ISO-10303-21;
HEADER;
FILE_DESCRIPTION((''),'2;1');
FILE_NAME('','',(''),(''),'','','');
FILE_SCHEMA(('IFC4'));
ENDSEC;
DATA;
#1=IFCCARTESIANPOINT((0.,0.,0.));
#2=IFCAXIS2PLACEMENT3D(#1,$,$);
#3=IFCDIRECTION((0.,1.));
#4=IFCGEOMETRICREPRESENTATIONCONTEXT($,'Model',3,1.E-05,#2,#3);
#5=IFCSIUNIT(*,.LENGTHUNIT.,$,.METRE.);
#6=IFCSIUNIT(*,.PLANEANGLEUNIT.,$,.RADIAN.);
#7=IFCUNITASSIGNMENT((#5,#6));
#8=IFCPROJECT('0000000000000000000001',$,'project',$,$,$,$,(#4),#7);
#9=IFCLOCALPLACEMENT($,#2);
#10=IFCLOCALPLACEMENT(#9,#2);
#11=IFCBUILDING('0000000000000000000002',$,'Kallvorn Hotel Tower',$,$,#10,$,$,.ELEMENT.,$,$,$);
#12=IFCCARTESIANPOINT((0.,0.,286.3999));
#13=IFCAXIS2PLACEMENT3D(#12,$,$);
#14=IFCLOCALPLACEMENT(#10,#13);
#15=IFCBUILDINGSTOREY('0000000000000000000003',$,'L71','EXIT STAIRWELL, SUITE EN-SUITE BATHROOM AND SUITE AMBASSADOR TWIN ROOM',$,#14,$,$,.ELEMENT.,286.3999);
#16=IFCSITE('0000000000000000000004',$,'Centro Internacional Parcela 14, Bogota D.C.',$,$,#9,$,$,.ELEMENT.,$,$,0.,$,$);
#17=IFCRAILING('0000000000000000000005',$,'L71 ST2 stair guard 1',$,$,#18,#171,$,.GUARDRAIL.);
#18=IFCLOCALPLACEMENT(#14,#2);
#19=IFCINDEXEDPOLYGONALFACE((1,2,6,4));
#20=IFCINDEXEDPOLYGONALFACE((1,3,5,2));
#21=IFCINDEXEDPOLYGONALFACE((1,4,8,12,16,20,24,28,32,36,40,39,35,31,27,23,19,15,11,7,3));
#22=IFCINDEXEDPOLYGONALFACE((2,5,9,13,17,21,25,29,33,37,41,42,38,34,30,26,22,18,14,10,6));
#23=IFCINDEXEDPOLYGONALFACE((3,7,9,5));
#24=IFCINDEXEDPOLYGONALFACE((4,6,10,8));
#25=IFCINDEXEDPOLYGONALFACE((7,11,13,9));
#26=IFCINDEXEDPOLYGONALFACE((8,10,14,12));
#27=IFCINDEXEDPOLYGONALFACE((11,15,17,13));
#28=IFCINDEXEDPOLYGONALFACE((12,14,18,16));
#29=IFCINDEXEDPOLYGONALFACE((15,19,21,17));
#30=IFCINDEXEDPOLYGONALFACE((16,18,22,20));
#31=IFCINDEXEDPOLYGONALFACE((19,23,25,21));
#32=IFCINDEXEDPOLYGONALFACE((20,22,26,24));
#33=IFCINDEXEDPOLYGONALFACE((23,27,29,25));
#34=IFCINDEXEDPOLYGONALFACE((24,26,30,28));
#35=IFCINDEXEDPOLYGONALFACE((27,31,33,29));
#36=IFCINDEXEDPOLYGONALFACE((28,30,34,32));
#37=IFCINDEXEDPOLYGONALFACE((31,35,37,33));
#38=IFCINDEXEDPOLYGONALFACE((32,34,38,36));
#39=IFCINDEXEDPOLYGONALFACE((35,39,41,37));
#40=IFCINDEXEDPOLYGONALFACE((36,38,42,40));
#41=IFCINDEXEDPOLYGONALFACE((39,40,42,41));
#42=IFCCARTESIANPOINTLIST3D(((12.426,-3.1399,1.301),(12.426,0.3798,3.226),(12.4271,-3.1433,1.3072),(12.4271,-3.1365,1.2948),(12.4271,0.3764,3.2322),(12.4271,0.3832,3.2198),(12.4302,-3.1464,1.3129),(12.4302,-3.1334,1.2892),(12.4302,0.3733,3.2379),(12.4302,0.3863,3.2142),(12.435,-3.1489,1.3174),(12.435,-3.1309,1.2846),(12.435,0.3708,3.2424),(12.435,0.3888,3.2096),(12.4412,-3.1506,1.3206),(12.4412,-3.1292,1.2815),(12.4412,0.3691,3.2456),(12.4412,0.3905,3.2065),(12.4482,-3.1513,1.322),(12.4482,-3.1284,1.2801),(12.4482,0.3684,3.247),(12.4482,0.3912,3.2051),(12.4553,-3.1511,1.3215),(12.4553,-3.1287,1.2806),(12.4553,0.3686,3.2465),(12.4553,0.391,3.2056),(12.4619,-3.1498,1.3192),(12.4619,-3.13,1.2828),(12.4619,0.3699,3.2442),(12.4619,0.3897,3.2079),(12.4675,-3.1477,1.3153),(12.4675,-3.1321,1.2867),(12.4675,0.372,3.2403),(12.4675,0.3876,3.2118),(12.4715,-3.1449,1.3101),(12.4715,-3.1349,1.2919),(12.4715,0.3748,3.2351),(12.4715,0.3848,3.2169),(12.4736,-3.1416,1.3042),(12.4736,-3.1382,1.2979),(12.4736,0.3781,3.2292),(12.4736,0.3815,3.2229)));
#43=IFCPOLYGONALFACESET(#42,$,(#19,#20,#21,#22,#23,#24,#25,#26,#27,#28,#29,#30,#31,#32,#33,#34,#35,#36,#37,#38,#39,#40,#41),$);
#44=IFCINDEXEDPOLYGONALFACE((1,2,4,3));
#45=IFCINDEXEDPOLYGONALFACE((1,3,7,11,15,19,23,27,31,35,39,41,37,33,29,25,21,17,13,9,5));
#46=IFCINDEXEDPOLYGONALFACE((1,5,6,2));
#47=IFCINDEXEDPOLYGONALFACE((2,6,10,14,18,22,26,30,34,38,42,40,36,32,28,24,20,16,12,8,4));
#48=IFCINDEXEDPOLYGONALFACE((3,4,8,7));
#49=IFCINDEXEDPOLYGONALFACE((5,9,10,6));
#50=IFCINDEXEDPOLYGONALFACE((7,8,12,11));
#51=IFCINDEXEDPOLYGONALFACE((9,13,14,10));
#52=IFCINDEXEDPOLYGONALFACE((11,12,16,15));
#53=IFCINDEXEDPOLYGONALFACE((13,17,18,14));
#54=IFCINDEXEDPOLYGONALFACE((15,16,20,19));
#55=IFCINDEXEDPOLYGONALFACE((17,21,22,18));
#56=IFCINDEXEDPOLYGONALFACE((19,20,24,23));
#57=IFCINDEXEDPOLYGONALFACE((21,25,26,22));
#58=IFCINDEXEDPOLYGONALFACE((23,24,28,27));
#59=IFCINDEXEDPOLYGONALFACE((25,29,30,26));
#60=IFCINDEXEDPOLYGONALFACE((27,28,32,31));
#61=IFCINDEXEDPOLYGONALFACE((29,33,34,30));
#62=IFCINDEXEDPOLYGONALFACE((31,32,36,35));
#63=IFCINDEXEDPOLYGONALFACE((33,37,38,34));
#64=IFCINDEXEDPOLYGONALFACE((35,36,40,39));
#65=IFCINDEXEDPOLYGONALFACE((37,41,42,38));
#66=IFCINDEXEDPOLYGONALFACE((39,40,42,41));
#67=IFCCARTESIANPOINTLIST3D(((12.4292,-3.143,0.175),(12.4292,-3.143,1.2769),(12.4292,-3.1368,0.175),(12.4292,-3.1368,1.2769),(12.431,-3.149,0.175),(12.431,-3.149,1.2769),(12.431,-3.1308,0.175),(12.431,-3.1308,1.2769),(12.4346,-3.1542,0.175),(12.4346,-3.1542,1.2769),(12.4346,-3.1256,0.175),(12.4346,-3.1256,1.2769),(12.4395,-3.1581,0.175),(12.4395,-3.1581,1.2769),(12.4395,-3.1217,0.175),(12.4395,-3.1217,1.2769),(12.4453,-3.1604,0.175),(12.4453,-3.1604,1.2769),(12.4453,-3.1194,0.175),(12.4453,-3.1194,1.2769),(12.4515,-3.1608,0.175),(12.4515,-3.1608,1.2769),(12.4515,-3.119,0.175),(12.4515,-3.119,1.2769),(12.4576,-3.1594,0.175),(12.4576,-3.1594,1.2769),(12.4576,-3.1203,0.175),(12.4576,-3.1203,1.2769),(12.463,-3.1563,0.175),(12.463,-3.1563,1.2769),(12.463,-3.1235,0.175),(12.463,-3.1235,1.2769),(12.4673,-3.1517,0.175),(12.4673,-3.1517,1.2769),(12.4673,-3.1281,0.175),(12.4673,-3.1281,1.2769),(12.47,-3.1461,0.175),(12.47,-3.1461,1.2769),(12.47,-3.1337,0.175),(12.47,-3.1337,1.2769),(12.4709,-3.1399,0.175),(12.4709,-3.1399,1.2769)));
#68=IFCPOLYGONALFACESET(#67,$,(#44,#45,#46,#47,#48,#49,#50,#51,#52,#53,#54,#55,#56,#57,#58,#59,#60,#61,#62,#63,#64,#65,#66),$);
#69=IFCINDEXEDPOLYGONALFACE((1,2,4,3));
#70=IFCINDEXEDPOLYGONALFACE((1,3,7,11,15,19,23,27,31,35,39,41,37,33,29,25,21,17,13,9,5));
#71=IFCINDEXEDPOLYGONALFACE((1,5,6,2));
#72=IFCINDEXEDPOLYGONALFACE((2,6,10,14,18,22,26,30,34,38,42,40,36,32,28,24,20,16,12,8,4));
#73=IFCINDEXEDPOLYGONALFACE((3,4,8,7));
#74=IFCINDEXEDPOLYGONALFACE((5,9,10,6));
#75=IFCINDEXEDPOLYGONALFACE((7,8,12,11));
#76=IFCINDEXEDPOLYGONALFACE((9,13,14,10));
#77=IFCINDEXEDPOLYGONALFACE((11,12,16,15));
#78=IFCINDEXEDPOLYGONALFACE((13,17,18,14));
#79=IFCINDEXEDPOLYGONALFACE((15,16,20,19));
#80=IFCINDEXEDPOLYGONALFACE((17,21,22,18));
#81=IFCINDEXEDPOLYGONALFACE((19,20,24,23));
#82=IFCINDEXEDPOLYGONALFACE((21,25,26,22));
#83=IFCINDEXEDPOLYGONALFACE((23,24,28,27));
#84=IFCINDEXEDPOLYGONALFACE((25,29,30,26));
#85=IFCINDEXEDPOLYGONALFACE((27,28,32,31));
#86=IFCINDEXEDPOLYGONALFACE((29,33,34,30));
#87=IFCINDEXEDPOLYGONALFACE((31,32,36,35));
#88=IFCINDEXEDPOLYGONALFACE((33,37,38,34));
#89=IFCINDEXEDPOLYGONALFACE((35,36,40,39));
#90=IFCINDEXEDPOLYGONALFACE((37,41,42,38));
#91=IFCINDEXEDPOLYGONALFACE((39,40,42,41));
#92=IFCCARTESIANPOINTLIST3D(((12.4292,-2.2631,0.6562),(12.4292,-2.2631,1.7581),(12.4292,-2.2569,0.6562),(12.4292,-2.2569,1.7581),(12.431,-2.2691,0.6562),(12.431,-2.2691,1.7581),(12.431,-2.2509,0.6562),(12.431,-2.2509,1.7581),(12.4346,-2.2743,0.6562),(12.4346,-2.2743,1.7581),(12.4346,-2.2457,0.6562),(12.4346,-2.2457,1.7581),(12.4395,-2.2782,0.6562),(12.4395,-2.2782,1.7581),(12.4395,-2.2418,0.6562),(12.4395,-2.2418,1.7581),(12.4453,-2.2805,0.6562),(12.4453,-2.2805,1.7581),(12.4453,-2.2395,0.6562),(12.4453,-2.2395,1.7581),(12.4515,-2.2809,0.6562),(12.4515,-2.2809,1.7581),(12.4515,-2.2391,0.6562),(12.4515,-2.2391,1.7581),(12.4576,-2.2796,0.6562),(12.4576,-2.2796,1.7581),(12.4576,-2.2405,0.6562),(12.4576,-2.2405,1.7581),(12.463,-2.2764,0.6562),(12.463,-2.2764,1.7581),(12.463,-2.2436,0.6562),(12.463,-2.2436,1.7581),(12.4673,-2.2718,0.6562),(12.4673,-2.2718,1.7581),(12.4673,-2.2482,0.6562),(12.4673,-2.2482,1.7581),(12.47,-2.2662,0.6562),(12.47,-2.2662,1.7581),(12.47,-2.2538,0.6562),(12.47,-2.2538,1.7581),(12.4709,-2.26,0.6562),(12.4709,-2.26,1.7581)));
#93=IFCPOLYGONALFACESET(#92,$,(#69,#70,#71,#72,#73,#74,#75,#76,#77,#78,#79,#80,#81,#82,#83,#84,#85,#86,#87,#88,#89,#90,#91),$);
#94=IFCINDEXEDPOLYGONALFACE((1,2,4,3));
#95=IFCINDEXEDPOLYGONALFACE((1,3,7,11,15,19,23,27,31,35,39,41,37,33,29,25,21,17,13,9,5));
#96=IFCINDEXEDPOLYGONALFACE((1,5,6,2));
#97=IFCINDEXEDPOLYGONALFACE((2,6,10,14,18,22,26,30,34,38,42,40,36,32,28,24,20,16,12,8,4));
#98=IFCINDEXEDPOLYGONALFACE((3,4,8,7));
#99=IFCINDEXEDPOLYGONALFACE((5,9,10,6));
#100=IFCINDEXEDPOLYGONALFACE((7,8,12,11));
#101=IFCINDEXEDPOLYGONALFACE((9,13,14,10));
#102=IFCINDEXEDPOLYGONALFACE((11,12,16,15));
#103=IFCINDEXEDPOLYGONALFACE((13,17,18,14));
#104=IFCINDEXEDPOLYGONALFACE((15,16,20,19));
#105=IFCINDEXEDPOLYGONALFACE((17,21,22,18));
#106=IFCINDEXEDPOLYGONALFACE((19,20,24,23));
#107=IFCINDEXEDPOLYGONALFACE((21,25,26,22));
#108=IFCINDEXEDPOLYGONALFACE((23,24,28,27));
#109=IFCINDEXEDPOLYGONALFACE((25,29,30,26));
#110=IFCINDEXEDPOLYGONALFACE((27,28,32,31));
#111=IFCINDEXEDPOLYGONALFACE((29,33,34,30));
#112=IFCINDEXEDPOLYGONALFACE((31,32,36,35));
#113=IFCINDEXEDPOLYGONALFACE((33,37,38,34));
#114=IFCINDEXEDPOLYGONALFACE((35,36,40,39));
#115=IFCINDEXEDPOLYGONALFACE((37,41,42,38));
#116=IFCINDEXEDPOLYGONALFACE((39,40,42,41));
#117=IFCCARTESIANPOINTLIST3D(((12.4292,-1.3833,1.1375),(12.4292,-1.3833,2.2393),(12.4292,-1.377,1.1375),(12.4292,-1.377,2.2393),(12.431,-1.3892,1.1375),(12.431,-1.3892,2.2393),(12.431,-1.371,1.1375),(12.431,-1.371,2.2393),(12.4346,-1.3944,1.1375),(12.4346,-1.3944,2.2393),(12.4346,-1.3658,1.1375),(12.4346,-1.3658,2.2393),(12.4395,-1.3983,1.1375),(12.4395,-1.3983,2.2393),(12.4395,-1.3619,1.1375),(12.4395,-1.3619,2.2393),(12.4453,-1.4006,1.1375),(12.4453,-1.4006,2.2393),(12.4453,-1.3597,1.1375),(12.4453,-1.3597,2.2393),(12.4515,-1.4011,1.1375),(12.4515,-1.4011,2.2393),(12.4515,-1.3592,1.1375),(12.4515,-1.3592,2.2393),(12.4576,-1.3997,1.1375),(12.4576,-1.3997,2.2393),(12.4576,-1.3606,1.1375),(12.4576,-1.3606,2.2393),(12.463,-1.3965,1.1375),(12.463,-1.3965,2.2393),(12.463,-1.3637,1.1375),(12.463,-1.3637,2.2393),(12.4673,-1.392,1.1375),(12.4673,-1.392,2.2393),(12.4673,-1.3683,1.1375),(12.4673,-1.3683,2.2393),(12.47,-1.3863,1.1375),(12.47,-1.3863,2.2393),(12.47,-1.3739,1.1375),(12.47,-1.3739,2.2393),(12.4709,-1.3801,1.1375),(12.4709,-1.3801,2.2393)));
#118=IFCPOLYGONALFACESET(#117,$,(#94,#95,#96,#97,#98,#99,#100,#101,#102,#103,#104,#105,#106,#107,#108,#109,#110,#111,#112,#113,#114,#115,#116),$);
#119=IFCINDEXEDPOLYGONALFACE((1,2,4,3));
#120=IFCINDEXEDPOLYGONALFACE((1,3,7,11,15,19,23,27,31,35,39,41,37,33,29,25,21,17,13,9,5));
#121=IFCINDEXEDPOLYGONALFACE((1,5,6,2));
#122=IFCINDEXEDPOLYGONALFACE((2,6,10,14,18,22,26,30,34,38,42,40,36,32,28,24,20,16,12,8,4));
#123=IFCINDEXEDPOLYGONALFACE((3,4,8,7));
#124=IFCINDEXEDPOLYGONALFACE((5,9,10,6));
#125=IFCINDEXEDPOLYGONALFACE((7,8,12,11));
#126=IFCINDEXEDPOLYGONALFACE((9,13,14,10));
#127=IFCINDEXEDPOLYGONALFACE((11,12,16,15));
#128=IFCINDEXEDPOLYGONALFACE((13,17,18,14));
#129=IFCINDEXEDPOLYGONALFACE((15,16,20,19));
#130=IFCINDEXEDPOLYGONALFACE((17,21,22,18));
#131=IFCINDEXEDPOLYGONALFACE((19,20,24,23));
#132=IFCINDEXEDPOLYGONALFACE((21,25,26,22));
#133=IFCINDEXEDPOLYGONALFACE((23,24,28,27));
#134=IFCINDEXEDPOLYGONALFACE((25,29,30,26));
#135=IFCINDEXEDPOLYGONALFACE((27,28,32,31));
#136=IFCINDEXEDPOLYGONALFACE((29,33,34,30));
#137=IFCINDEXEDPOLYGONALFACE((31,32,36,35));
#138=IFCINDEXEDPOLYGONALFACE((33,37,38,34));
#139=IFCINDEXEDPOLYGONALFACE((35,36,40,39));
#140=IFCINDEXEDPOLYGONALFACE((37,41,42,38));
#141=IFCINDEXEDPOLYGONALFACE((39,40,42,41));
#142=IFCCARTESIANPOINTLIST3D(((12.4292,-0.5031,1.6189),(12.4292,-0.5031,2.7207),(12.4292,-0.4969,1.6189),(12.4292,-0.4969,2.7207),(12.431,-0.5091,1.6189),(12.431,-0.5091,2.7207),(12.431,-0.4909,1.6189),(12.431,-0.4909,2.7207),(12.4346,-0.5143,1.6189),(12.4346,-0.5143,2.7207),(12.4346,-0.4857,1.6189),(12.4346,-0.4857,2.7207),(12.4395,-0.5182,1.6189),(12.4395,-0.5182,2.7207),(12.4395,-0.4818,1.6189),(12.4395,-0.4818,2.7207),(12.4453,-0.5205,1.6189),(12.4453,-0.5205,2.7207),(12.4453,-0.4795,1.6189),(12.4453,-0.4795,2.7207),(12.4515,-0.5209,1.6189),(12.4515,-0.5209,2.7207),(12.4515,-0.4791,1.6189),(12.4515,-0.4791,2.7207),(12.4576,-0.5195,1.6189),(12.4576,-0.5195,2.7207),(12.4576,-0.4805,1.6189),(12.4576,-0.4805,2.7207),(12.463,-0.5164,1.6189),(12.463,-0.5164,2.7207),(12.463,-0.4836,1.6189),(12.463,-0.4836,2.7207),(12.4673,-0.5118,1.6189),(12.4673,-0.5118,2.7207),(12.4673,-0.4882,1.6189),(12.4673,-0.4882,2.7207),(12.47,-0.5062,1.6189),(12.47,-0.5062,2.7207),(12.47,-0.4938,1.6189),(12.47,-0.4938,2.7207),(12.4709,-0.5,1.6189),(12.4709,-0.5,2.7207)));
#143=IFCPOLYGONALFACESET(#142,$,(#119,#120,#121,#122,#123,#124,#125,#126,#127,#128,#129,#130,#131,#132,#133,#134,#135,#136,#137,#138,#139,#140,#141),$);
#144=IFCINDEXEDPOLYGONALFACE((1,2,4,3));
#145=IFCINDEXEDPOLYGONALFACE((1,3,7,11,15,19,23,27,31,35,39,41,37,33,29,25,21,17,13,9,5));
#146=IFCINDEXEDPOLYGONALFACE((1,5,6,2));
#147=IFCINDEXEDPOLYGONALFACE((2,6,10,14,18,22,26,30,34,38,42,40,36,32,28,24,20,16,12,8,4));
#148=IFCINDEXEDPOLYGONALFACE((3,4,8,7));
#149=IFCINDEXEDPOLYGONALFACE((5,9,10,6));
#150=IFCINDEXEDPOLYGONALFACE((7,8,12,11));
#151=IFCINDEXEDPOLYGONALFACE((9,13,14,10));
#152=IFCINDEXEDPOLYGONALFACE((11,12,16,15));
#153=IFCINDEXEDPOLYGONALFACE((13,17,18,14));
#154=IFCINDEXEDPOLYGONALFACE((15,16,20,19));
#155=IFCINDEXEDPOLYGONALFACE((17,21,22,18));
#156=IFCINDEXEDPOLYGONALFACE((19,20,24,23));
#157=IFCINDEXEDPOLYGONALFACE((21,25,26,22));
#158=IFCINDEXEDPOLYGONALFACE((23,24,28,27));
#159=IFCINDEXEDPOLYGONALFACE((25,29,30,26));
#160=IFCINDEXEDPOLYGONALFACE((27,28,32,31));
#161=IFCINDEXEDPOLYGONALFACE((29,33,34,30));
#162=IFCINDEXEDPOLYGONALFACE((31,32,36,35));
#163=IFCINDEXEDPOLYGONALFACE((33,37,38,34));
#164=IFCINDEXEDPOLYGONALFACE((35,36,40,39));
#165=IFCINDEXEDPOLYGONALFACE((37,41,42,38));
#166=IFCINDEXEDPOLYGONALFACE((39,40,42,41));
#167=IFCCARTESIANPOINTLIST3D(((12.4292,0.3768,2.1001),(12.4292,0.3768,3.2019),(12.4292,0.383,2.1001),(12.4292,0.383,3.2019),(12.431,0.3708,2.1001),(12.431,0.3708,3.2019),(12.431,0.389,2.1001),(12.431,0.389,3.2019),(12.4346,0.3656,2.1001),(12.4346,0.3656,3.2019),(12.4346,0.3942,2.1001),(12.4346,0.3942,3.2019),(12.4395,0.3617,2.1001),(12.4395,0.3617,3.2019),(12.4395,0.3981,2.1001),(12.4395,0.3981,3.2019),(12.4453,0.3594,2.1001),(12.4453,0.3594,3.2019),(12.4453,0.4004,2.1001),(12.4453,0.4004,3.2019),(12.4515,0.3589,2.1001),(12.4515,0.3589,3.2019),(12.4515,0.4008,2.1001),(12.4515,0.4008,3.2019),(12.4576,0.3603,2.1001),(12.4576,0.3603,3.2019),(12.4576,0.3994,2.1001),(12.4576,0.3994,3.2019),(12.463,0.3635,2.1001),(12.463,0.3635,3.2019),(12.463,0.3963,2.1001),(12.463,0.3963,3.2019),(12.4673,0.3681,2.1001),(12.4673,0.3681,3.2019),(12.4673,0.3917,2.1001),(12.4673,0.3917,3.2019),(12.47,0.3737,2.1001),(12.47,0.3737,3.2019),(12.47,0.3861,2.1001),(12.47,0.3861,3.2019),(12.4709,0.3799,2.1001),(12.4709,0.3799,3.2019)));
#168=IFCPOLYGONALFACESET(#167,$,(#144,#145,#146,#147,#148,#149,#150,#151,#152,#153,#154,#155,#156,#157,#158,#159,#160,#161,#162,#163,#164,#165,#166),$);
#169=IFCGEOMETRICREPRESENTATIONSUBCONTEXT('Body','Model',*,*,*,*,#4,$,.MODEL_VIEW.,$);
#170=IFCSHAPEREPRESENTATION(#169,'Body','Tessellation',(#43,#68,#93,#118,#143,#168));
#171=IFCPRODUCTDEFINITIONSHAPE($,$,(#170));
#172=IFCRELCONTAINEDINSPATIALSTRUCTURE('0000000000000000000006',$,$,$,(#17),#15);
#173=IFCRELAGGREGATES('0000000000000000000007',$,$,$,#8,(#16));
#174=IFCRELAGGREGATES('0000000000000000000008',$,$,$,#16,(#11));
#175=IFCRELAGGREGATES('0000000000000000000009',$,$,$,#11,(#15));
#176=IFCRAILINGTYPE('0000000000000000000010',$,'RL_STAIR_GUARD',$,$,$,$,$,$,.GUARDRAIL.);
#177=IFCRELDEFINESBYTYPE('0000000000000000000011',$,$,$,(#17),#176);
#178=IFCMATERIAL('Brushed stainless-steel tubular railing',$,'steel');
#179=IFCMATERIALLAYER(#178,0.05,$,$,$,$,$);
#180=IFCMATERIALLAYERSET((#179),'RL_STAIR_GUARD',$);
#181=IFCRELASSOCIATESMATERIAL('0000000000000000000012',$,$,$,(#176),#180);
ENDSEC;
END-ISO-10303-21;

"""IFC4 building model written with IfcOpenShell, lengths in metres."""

from ifc_helpers import new_model, si_unit, direction, frame, origin, origin_2d, place, context, subcontext, project, spatial, circle, extrude, material, layer, layer_set, type_object, element, save


model = new_model("IFC4")

# Units and contexts
model_context = context("Model", 3, precision=1e-05, world=origin(), true_north=direction((0.0, 1.0)))
body_context = subcontext(model_context, "Body", "Model", "MODEL_VIEW")
ifc_project = project(units=[si_unit("LENGTHUNIT", "METRE"), si_unit("PLANEANGLEUNIT", "RADIAN")], contexts=[model_context])

# Site, building, storey
site_placement = place(None, origin())
site = spatial("IfcSite", under=ifc_project, at=site_placement, Name="Centro Internacional Parcela 14, Bogota D.C.", CompositionType="ELEMENT", RefElevation=0.0)
building_placement = place(site_placement, origin())
building = spatial("IfcBuilding", under=site, at=building_placement, Name="Kallvorn Hotel Tower", CompositionType="ELEMENT")
storey_placement = place(building_placement, frame((0.0, 0.0, 286.3999)))
storey = spatial("IfcBuildingStorey", under=building, at=storey_placement, Name="L71", Description="EXIT STAIRWELL, SUITE EN-SUITE BATHROOM AND SUITE AMBASSADOR TWIN ROOM", CompositionType="ELEMENT", Elevation=286.3999)

# Railing
ifc_material_1 = material(Name="Brushed stainless-steel tubular railing", Category="steel")
ifc_layer_1 = layer(ifc_material_1, 0.05)
ifc_layer_set_1 = layer_set([ifc_layer_1], Name="RL_STAIR_GUARD")
railing_type_1 = type_object("IfcRailingType", Name="RL_STAIR_GUARD", PredefinedType="GUARDRAIL", material=ifc_layer_set_1)
railing_1_placement = place(storey_placement, frame((12.45, -3.1399, 0.175)))
element("IfcRailing", 1, at=railing_1_placement, inside=storey, type_object=railing_type_1, Name="L71 ST2 stair guard 1", PredefinedType="GUARDRAIL", context=body_context, shape_type="SweptSolid", body=[
    extrude(circle(Radius=0.0239, at=origin_2d()), frame((0.0, 0.0, 1.126), z_axis=(0.0, 0.877353, 0.479845), x_axis=(-1.0, 0.0, 0.0)), (0.0, 0.0, 1.0), 4.0117),
    extrude(circle(Radius=0.021, at=origin_2d()), origin(), (0.0, 0.0, 1.0), 1.1018),
    extrude(circle(Radius=0.021, at=origin_2d()), frame((0.0, 0.8799, 0.4812)), (0.0, 0.0, 1.0), 1.1018),
    extrude(circle(Radius=0.021, at=origin_2d()), frame((0.0, 1.7598, 0.9624)), (0.0, 0.0, 1.0), 1.1018),
    extrude(circle(Radius=0.021, at=origin_2d()), frame((0.0, 2.6399, 1.4438)), (0.0, 0.0, 1.0), 1.1018),
    extrude(circle(Radius=0.021, at=origin_2d()), frame((0.0, 3.5198, 1.925)), (0.0, 0.0, 1.0), 1.1018),
])

save(model, "model.ifc")
